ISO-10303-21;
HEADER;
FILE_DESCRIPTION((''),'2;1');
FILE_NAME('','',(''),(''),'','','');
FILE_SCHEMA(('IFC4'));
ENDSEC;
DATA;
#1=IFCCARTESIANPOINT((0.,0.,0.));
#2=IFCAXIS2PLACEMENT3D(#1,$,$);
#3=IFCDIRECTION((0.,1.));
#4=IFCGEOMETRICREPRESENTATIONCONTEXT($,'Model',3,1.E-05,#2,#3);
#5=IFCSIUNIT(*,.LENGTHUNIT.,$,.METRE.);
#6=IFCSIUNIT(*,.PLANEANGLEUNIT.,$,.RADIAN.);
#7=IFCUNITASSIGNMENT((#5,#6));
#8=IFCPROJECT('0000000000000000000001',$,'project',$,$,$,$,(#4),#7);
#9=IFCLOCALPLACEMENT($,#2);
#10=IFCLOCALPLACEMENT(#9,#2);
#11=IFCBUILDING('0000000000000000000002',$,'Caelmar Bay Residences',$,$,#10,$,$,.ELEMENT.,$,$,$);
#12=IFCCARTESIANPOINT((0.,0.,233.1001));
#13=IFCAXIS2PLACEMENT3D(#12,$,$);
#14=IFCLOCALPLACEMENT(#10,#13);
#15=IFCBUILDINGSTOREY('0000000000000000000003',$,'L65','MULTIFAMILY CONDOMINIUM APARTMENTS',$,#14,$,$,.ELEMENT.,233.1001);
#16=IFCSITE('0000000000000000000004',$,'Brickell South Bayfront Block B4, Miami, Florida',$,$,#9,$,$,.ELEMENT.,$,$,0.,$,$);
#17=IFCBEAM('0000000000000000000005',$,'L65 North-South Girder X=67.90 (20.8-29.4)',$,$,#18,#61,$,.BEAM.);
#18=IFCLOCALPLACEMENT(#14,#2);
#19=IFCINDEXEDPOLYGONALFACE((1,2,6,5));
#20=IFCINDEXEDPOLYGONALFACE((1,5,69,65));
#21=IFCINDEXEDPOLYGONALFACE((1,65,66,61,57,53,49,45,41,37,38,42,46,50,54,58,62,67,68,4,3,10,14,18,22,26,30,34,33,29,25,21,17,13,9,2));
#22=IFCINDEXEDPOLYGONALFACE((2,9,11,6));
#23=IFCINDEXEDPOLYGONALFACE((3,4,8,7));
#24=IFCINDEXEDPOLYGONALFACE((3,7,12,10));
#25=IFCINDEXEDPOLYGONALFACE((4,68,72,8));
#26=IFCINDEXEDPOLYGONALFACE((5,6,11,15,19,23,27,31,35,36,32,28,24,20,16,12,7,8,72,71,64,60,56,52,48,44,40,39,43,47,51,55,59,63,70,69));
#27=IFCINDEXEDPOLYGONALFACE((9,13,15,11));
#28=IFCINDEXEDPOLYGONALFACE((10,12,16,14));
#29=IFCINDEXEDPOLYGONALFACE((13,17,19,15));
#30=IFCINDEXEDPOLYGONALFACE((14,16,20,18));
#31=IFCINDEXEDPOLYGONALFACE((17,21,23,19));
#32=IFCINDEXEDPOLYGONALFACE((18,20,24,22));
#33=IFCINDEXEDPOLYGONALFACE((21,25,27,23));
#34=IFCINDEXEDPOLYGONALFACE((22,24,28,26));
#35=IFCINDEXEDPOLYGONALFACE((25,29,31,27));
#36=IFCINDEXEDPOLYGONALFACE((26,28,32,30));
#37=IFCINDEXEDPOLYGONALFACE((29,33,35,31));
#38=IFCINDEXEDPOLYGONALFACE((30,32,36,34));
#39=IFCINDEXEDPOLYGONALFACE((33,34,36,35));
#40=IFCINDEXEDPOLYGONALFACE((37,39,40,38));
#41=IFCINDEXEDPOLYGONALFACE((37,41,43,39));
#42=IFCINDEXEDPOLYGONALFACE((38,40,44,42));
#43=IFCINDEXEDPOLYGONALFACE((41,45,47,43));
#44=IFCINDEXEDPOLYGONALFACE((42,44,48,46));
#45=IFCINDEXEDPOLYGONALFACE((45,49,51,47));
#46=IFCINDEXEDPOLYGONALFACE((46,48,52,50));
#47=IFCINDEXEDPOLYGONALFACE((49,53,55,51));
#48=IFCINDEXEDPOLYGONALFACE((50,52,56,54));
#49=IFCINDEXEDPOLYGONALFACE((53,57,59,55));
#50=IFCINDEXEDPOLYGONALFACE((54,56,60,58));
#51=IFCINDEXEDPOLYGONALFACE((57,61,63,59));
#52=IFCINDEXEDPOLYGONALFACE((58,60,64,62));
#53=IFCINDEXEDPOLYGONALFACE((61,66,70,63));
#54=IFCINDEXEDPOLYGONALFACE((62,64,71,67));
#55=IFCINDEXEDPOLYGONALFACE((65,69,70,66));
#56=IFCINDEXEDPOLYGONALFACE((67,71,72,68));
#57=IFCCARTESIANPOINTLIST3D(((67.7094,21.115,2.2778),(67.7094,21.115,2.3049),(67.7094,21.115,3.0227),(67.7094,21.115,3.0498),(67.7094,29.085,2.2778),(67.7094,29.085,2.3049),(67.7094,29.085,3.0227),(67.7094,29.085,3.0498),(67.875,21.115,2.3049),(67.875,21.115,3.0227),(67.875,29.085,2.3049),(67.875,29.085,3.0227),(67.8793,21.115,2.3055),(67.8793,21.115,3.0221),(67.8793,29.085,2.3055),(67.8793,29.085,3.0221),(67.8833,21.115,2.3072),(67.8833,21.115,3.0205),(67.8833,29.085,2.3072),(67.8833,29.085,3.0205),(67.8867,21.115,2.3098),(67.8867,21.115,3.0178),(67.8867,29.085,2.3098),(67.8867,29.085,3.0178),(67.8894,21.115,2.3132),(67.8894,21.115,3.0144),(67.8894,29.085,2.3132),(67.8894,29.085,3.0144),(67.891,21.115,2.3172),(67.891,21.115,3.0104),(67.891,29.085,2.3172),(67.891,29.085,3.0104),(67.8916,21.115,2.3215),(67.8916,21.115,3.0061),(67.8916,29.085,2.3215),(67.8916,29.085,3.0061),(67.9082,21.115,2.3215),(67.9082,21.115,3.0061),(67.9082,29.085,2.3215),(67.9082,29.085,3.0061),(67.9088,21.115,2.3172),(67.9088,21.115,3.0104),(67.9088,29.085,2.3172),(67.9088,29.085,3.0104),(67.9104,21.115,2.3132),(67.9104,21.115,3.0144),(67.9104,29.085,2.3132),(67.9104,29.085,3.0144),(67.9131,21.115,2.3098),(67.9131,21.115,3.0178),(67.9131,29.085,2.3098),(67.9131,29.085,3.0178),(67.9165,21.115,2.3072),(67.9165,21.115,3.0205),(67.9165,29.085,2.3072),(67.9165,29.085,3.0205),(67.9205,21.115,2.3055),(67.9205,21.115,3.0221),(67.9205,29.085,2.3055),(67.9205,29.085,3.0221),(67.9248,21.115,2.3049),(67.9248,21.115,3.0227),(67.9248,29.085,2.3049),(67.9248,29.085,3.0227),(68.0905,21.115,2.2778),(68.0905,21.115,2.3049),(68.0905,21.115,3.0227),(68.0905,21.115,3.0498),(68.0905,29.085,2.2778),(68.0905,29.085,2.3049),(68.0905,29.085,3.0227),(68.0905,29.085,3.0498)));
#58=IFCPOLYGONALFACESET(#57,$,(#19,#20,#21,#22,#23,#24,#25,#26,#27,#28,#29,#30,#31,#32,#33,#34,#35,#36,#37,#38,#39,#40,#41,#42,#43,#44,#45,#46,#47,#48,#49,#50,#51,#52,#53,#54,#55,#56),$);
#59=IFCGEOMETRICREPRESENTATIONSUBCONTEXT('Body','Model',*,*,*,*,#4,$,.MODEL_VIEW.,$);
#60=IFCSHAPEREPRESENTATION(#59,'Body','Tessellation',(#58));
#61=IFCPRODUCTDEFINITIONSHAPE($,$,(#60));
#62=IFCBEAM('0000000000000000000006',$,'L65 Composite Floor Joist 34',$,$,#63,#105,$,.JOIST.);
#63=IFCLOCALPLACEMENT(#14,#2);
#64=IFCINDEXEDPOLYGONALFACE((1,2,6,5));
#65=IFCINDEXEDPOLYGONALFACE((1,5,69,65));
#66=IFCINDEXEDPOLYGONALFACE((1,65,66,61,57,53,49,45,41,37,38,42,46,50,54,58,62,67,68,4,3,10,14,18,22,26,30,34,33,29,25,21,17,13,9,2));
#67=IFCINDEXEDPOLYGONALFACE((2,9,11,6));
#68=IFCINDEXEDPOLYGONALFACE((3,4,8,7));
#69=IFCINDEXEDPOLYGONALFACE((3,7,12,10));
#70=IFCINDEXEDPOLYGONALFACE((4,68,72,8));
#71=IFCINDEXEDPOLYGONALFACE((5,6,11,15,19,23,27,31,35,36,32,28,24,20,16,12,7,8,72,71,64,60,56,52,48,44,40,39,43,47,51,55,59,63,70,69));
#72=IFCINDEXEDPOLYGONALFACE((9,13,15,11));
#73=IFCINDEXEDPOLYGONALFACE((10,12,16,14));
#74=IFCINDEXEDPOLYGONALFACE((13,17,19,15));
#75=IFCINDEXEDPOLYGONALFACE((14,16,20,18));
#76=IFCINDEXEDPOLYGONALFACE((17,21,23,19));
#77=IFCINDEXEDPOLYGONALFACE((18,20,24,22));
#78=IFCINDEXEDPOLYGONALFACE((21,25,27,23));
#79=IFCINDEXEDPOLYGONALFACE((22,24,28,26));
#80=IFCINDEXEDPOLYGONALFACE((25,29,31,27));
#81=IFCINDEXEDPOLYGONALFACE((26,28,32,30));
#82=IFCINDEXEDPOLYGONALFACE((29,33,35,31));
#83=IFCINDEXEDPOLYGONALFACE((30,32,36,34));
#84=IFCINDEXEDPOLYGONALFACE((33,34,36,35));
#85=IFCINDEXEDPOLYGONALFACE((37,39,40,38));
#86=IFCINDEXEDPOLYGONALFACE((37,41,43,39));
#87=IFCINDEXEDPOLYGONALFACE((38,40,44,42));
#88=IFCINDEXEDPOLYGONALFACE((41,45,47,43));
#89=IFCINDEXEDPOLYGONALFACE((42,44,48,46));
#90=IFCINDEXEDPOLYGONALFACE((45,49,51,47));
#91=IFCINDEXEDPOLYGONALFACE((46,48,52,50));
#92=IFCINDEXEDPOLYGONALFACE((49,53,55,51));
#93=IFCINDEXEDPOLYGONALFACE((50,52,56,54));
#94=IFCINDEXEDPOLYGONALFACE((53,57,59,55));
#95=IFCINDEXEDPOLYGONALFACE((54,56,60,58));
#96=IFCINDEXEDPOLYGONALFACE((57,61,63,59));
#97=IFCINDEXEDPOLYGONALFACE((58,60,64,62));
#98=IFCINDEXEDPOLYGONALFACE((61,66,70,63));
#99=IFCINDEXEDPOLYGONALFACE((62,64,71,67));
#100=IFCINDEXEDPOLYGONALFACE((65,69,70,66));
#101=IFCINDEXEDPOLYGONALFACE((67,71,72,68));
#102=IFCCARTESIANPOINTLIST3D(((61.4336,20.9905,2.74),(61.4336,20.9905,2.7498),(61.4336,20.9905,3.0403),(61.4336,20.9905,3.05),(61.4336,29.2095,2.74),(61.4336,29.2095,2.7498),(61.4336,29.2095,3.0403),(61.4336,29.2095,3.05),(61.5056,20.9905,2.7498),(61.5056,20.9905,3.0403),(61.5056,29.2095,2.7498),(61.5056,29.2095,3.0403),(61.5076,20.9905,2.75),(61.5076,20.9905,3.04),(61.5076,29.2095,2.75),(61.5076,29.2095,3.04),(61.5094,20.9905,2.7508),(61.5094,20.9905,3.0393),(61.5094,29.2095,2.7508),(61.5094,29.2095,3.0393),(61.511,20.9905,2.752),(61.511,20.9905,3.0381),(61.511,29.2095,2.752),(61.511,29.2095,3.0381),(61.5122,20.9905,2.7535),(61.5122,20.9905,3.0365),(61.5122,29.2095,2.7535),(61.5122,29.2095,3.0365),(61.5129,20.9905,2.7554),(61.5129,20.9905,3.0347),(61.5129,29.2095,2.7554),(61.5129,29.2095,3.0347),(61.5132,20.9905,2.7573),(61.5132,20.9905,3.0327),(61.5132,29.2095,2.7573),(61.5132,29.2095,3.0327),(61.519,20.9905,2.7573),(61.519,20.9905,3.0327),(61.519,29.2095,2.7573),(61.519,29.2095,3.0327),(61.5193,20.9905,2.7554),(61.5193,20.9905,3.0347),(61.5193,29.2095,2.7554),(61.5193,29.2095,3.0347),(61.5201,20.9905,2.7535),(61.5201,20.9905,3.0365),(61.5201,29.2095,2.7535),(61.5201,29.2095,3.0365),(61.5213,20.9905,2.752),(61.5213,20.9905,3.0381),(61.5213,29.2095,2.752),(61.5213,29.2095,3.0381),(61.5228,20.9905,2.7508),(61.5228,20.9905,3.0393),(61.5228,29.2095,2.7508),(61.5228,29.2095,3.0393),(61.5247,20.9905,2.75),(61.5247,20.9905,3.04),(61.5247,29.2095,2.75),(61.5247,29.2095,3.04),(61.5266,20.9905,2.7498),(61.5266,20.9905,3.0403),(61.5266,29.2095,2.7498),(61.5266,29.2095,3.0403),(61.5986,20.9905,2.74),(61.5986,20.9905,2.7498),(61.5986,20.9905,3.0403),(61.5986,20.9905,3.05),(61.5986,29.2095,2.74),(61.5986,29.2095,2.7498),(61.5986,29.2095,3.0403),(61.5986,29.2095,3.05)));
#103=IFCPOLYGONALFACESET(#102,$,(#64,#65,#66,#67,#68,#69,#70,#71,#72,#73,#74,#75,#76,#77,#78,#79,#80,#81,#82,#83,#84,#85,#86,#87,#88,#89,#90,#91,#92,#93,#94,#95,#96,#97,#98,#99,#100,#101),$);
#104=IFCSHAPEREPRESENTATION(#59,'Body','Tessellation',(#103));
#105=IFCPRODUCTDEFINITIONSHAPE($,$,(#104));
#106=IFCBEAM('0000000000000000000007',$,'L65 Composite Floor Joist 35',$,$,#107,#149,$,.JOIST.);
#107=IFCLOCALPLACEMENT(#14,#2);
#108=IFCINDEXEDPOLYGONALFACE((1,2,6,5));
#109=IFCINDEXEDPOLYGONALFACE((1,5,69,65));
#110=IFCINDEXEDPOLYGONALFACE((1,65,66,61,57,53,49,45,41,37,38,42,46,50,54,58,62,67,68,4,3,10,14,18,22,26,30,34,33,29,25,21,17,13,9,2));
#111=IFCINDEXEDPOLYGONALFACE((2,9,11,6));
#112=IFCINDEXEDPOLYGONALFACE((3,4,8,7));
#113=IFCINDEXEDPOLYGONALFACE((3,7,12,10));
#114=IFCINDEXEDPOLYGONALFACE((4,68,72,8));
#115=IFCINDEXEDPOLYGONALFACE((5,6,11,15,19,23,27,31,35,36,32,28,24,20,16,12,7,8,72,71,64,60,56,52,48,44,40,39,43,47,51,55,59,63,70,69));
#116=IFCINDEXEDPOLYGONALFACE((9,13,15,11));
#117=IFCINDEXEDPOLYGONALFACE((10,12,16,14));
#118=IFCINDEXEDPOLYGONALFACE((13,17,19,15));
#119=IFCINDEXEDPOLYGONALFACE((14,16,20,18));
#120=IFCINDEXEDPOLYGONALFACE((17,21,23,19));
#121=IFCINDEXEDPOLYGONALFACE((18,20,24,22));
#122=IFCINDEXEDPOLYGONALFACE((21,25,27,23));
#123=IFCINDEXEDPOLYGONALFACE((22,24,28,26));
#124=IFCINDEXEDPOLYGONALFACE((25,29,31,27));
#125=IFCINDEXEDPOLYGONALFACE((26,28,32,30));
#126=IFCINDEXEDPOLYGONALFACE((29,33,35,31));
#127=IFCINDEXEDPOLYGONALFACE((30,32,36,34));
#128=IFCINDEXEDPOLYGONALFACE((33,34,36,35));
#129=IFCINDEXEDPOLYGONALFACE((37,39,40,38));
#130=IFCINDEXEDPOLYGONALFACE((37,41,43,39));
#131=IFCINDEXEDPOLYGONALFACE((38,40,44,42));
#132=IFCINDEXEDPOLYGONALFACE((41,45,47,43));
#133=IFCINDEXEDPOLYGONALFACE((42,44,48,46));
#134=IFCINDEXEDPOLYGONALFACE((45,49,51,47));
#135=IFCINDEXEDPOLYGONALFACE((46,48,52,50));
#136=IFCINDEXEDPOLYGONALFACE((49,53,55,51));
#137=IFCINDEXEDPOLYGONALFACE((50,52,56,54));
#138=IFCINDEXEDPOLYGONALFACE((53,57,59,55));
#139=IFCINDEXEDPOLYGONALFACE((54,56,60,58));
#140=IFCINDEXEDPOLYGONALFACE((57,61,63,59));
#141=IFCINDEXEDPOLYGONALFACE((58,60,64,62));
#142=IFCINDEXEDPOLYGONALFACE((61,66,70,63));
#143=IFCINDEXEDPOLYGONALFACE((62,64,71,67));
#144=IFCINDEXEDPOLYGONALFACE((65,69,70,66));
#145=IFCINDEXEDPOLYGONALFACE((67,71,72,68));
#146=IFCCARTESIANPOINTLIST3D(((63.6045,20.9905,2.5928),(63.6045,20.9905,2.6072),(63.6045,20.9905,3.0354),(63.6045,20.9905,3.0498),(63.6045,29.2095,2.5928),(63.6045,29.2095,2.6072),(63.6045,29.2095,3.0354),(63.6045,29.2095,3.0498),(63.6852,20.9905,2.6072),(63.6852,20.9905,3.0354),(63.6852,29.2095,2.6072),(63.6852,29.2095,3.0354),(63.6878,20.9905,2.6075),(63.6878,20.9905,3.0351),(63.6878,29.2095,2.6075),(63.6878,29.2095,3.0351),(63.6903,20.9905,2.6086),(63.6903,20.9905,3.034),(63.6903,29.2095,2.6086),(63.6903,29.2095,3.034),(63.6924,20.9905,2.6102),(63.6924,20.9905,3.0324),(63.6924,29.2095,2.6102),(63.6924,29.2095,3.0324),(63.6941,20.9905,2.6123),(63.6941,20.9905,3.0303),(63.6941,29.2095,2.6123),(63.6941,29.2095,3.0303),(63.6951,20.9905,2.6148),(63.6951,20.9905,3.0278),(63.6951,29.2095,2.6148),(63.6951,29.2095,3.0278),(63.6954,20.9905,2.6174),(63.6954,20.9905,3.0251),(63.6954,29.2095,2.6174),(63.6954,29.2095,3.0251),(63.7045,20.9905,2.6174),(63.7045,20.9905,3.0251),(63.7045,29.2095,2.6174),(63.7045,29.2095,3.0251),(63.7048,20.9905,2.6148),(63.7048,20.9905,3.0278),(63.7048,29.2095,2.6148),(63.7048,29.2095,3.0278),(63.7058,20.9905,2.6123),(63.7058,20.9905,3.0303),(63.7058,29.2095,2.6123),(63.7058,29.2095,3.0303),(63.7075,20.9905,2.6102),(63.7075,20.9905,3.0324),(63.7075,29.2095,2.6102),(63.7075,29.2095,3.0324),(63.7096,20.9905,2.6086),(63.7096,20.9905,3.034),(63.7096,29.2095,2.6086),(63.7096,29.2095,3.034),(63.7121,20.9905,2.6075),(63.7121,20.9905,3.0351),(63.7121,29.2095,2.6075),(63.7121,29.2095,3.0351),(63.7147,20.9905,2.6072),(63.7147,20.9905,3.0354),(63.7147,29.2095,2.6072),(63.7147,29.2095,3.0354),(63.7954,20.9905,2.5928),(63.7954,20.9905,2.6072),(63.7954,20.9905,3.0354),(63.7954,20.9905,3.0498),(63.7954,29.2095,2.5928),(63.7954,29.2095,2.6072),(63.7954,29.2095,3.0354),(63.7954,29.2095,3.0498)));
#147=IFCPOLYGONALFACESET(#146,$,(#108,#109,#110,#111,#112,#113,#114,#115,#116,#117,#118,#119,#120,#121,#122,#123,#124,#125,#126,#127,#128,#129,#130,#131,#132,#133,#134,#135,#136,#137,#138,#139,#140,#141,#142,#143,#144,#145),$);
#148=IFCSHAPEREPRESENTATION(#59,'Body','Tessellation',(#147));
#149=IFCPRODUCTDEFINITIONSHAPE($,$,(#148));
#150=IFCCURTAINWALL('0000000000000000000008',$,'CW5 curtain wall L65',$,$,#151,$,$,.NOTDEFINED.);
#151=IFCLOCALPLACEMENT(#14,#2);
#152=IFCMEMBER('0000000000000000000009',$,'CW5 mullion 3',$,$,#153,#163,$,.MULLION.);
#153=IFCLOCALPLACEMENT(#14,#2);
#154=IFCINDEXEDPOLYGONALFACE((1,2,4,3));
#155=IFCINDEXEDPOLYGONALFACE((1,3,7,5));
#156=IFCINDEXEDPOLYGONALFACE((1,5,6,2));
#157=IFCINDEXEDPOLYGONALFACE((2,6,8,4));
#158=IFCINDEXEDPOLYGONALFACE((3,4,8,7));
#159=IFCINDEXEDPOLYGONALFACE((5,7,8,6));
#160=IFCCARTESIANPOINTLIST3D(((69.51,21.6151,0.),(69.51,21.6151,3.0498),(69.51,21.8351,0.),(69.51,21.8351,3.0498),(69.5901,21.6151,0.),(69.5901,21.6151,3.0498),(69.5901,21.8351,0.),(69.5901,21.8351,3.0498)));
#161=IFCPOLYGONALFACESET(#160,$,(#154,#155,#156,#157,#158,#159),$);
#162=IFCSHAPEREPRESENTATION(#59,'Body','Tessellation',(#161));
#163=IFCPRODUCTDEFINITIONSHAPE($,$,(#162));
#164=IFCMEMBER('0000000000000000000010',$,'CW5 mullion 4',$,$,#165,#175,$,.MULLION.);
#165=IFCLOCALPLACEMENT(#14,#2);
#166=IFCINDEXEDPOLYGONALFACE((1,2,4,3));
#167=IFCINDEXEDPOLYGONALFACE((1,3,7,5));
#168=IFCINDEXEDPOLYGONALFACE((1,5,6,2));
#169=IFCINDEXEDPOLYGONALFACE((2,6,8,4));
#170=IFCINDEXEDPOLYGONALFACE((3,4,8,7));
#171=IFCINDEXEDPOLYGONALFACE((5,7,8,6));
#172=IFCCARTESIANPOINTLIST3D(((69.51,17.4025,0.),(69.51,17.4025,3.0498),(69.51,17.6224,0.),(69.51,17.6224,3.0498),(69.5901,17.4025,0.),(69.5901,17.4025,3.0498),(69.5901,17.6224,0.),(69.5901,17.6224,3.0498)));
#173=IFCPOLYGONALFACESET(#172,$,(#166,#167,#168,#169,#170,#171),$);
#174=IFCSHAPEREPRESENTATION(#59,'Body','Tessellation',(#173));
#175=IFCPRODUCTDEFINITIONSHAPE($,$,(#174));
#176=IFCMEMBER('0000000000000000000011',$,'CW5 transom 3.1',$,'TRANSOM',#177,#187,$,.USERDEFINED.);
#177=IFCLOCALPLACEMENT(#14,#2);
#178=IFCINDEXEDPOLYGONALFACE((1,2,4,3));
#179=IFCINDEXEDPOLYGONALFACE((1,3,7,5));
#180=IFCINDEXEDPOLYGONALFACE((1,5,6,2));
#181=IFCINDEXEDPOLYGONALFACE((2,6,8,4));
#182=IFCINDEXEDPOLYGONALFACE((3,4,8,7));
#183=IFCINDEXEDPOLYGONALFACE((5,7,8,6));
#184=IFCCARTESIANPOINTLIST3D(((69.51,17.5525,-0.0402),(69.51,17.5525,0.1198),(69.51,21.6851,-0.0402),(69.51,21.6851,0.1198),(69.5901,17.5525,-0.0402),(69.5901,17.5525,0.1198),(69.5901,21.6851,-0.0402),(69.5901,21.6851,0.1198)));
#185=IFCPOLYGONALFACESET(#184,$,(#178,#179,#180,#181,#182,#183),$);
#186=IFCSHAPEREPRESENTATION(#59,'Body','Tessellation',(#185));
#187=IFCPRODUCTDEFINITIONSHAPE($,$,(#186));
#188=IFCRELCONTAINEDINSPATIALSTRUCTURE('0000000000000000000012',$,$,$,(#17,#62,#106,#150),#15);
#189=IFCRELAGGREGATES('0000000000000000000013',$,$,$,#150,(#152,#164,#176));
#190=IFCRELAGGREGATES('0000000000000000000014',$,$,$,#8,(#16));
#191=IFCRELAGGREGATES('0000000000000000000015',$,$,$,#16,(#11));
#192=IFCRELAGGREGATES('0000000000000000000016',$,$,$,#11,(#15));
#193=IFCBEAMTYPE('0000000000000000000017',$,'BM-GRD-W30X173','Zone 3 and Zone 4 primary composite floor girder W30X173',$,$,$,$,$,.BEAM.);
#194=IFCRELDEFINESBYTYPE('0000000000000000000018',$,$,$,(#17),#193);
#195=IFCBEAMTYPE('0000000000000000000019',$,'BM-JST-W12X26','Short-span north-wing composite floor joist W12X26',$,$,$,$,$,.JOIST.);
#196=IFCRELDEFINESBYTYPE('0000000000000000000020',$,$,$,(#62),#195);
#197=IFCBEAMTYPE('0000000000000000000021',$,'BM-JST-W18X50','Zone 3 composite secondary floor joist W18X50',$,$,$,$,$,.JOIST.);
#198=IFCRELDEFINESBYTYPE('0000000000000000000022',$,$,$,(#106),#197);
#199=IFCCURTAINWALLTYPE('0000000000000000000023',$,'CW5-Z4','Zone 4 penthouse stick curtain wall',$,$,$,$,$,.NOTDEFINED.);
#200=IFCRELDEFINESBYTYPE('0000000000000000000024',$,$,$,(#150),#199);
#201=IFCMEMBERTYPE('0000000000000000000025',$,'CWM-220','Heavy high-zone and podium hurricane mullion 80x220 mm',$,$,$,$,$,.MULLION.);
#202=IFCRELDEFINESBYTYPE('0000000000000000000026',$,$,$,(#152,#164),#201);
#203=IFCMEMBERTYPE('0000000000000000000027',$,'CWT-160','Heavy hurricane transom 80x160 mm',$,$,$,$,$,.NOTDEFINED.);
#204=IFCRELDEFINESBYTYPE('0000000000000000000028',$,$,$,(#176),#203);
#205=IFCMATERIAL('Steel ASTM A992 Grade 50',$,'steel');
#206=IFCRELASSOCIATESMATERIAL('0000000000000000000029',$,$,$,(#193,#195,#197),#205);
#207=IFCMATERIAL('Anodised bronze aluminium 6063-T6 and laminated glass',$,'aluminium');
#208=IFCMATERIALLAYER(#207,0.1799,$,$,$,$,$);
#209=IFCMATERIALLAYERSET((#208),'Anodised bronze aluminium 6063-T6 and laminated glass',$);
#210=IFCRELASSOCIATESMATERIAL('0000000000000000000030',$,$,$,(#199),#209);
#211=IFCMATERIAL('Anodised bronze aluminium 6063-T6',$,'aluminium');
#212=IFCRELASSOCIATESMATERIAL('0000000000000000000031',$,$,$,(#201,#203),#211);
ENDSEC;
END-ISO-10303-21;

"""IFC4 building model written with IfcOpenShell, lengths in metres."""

from ifc_helpers import new_model, si_unit, direction, frame, origin, origin_2d, place, context, subcontext, project, spatial, rectangle, i_section, extrude, material, layer, layer_set, material_profile, profile_set, type_object, element, aggregate, save


model = new_model("IFC4")

# Units and contexts
model_context = context("Model", 3, precision=1e-05, world=origin(), true_north=direction((0.0, 1.0)))
body_context = subcontext(model_context, "Body", "Model", "MODEL_VIEW")
ifc_project = project(units=[si_unit("LENGTHUNIT", "METRE"), si_unit("PLANEANGLEUNIT", "RADIAN")], contexts=[model_context])

# Site, building, storey
site_placement = place(None, origin())
site = spatial("IfcSite", under=ifc_project, at=site_placement, Name="Brickell South Bayfront Block B4, Miami, Florida", CompositionType="ELEMENT", RefElevation=0.0)
building_placement = place(site_placement, origin())
building = spatial("IfcBuilding", under=site, at=building_placement, Name="Caelmar Bay Residences", CompositionType="ELEMENT")
storey_placement = place(building_placement, frame((0.0, 0.0, 233.1001)))
storey = spatial("IfcBuildingStorey", under=building, at=storey_placement, Name="L65", Description="MULTIFAMILY CONDOMINIUM APARTMENTS", CompositionType="ELEMENT", Elevation=233.1001)

# Beams
ifc_material_1 = material(Name="Steel ASTM A992 Grade 50", Category="steel")
ifc_material_profile_1 = material_profile(ifc_material_1, i_section(OverallWidth=0.3811, OverallDepth=0.772, WebThickness=0.0166, FlangeThickness=0.0271, FilletRadius=0.0166, at=origin_2d()), Name="W30X173")
ifc_profile_set_1 = profile_set([ifc_material_profile_1], Name="Steel ASTM A992 Grade 50")
beam_type_1 = type_object("IfcBeamType", Name="BM-GRD-W30X173", Description="Zone 3 and Zone 4 primary composite floor girder W30X173", PredefinedType="BEAM", material=ifc_profile_set_1)
for number, where, z_axis, x_axis, name in (
    (1, (67.8999, 21.115, 2.6638), (0.0, 1.0, 0.0), (-1.0, 0.0, 0.0), "L65 North-South Girder X=67.90 (20.8-29.4)"),
):
    element("IfcBeam", number, at=place(storey_placement, frame(where, z_axis=z_axis, x_axis=x_axis)), inside=storey, type_object=beam_type_1, Name=name, PredefinedType="BEAM", context=body_context, shape_type="SweptSolid", body=[
        extrude(i_section(OverallWidth=0.3811, OverallDepth=0.772, WebThickness=0.0166, FlangeThickness=0.0271, FilletRadius=0.0166, at=origin_2d()), origin(), (0.0, 0.0, 1.0), 7.97),
    ])
ifc_material_profile_2 = material_profile(ifc_material_1, i_section(OverallWidth=0.165, OverallDepth=0.3101, WebThickness=0.0059, FlangeThickness=0.0098, FilletRadius=0.0076, at=origin_2d()), Name="W12X26")
ifc_profile_set_2 = profile_set([ifc_material_profile_2], Name="Steel ASTM A992 Grade 50")
beam_type_2 = type_object("IfcBeamType", Name="BM-JST-W12X26", Description="Short-span north-wing composite floor joist W12X26", PredefinedType="JOIST", material=ifc_profile_set_2)
beam_1_placement = place(storey_placement, frame((61.5161, 20.9905, 2.895), z_axis=(0.0, 1.0, 0.0), x_axis=(-1.0, 0.0, 0.0)))
element("IfcBeam", 2, at=beam_1_placement, inside=storey, type_object=beam_type_2, Name="L65 Composite Floor Joist 34", PredefinedType="JOIST", context=body_context, shape_type="SweptSolid", body=[
    extrude(i_section(OverallWidth=0.165, OverallDepth=0.3101, WebThickness=0.0059, FlangeThickness=0.0098, FilletRadius=0.0076, at=origin_2d()), origin(), (0.0, 0.0, 1.0), 8.219),
])
ifc_material_profile_3 = material_profile(ifc_material_1, i_section(OverallWidth=0.1909, OverallDepth=0.457, WebThickness=0.009, FlangeThickness=0.0144, FilletRadius=0.0103, at=origin_2d()), Name="W18X50")
ifc_profile_set_3 = profile_set([ifc_material_profile_3], Name="Steel ASTM A992 Grade 50")
beam_type_3 = type_object("IfcBeamType", Name="BM-JST-W18X50", Description="Zone 3 composite secondary floor joist W18X50", PredefinedType="JOIST", material=ifc_profile_set_3)
beam_2_placement = place(storey_placement, frame((63.7, 20.9905, 2.8213), z_axis=(0.0, 1.0, 0.0), x_axis=(-1.0, 0.0, 0.0)))
element("IfcBeam", 3, at=beam_2_placement, inside=storey, type_object=beam_type_3, Name="L65 Composite Floor Joist 35", PredefinedType="JOIST", context=body_context, shape_type="SweptSolid", body=[
    extrude(i_section(OverallWidth=0.1909, OverallDepth=0.457, WebThickness=0.009, FlangeThickness=0.0144, FilletRadius=0.0103, at=origin_2d()), origin(), (0.0, 0.0, 1.0), 8.219),
])

# Curtain wall, members
ifc_material_2 = material(Name="Anodised bronze aluminium 6063-T6 and laminated glass", Category="aluminium")
ifc_layer_1 = layer(ifc_material_2, 0.1799)
ifc_layer_set_1 = layer_set([ifc_layer_1], Name="Anodised bronze aluminium 6063-T6 and laminated glass")
curtain_wall_type = type_object("IfcCurtainWallType", Name="CW5-Z4", Description="Zone 4 penthouse stick curtain wall", PredefinedType="NOTDEFINED", material=ifc_layer_set_1)
curtain_wall_placement = place(storey_placement, origin())
curtain_wall = element("IfcCurtainWall", 4, at=curtain_wall_placement, inside=storey, type_object=curtain_wall_type, Name="CW5 curtain wall L65", PredefinedType="NOTDEFINED")
ifc_material_3 = material(Name="Anodised bronze aluminium 6063-T6", Category="aluminium")
ifc_material_profile_4 = material_profile(ifc_material_3, rectangle(XDim=0.0801, YDim=0.22, at=origin_2d()), Name="CWM-80X220")
ifc_profile_set_4 = profile_set([ifc_material_profile_4], Name="Anodised bronze aluminium 6063-T6")
member_type_1 = type_object("IfcMemberType", Name="CWM-220", Description="Heavy high-zone and podium hurricane mullion 80x220 mm", PredefinedType="MULLION", material=ifc_profile_set_4)
member_1_placement = place(storey_placement, frame((69.55, 21.7251, 0.0), z_axis=(0.0, 0.0, 1.0), x_axis=(1.0, 0.0, 0.0)))
member_1 = element("IfcMember", 5, at=member_1_placement, type_object=member_type_1, Name="CW5 mullion 3", PredefinedType="MULLION", context=body_context, shape_type="SweptSolid", body=[
    extrude(rectangle(XDim=0.0801, YDim=0.22, at=origin_2d()), origin(), (0.0, 0.0, 1.0), 3.0498),
])
member_2_placement = place(storey_placement, frame((69.55, 17.5125, 0.0), z_axis=(0.0, 0.0, 1.0), x_axis=(1.0, 0.0, 0.0)))
member_2 = element("IfcMember", 6, at=member_2_placement, type_object=member_type_1, Name="CW5 mullion 4", PredefinedType="MULLION", context=body_context, shape_type="SweptSolid", body=[
    extrude(rectangle(XDim=0.0801, YDim=0.22, at=origin_2d()), origin(), (0.0, 0.0, 1.0), 3.0498),
])
ifc_material_profile_5 = material_profile(ifc_material_3, rectangle(XDim=0.0801, YDim=0.1599, at=origin_2d()), Name="CWT-80X160")
ifc_profile_set_5 = profile_set([ifc_material_profile_5], Name="Anodised bronze aluminium 6063-T6")
member_type_2 = type_object("IfcMemberType", Name="CWT-160", Description="Heavy hurricane transom 80x160 mm", PredefinedType="NOTDEFINED", material=ifc_profile_set_5)
member_3_placement = place(storey_placement, frame((69.55, 21.6851, 0.0398), z_axis=(0.0, -1.0, 0.0), x_axis=(1.0, 0.0, 0.0)))
member_3 = element("IfcMember", 7, at=member_3_placement, type_object=member_type_2, Name="CW5 transom 3.1", ObjectType="TRANSOM", PredefinedType="USERDEFINED", context=body_context, shape_type="SweptSolid", body=[
    extrude(rectangle(XDim=0.0801, YDim=0.1599, at=origin_2d()), origin(), (0.0, 0.0, 1.0), 4.1326),
])
aggregate(curtain_wall, [member_1, member_2, member_3])

save(model, "model.ifc")
